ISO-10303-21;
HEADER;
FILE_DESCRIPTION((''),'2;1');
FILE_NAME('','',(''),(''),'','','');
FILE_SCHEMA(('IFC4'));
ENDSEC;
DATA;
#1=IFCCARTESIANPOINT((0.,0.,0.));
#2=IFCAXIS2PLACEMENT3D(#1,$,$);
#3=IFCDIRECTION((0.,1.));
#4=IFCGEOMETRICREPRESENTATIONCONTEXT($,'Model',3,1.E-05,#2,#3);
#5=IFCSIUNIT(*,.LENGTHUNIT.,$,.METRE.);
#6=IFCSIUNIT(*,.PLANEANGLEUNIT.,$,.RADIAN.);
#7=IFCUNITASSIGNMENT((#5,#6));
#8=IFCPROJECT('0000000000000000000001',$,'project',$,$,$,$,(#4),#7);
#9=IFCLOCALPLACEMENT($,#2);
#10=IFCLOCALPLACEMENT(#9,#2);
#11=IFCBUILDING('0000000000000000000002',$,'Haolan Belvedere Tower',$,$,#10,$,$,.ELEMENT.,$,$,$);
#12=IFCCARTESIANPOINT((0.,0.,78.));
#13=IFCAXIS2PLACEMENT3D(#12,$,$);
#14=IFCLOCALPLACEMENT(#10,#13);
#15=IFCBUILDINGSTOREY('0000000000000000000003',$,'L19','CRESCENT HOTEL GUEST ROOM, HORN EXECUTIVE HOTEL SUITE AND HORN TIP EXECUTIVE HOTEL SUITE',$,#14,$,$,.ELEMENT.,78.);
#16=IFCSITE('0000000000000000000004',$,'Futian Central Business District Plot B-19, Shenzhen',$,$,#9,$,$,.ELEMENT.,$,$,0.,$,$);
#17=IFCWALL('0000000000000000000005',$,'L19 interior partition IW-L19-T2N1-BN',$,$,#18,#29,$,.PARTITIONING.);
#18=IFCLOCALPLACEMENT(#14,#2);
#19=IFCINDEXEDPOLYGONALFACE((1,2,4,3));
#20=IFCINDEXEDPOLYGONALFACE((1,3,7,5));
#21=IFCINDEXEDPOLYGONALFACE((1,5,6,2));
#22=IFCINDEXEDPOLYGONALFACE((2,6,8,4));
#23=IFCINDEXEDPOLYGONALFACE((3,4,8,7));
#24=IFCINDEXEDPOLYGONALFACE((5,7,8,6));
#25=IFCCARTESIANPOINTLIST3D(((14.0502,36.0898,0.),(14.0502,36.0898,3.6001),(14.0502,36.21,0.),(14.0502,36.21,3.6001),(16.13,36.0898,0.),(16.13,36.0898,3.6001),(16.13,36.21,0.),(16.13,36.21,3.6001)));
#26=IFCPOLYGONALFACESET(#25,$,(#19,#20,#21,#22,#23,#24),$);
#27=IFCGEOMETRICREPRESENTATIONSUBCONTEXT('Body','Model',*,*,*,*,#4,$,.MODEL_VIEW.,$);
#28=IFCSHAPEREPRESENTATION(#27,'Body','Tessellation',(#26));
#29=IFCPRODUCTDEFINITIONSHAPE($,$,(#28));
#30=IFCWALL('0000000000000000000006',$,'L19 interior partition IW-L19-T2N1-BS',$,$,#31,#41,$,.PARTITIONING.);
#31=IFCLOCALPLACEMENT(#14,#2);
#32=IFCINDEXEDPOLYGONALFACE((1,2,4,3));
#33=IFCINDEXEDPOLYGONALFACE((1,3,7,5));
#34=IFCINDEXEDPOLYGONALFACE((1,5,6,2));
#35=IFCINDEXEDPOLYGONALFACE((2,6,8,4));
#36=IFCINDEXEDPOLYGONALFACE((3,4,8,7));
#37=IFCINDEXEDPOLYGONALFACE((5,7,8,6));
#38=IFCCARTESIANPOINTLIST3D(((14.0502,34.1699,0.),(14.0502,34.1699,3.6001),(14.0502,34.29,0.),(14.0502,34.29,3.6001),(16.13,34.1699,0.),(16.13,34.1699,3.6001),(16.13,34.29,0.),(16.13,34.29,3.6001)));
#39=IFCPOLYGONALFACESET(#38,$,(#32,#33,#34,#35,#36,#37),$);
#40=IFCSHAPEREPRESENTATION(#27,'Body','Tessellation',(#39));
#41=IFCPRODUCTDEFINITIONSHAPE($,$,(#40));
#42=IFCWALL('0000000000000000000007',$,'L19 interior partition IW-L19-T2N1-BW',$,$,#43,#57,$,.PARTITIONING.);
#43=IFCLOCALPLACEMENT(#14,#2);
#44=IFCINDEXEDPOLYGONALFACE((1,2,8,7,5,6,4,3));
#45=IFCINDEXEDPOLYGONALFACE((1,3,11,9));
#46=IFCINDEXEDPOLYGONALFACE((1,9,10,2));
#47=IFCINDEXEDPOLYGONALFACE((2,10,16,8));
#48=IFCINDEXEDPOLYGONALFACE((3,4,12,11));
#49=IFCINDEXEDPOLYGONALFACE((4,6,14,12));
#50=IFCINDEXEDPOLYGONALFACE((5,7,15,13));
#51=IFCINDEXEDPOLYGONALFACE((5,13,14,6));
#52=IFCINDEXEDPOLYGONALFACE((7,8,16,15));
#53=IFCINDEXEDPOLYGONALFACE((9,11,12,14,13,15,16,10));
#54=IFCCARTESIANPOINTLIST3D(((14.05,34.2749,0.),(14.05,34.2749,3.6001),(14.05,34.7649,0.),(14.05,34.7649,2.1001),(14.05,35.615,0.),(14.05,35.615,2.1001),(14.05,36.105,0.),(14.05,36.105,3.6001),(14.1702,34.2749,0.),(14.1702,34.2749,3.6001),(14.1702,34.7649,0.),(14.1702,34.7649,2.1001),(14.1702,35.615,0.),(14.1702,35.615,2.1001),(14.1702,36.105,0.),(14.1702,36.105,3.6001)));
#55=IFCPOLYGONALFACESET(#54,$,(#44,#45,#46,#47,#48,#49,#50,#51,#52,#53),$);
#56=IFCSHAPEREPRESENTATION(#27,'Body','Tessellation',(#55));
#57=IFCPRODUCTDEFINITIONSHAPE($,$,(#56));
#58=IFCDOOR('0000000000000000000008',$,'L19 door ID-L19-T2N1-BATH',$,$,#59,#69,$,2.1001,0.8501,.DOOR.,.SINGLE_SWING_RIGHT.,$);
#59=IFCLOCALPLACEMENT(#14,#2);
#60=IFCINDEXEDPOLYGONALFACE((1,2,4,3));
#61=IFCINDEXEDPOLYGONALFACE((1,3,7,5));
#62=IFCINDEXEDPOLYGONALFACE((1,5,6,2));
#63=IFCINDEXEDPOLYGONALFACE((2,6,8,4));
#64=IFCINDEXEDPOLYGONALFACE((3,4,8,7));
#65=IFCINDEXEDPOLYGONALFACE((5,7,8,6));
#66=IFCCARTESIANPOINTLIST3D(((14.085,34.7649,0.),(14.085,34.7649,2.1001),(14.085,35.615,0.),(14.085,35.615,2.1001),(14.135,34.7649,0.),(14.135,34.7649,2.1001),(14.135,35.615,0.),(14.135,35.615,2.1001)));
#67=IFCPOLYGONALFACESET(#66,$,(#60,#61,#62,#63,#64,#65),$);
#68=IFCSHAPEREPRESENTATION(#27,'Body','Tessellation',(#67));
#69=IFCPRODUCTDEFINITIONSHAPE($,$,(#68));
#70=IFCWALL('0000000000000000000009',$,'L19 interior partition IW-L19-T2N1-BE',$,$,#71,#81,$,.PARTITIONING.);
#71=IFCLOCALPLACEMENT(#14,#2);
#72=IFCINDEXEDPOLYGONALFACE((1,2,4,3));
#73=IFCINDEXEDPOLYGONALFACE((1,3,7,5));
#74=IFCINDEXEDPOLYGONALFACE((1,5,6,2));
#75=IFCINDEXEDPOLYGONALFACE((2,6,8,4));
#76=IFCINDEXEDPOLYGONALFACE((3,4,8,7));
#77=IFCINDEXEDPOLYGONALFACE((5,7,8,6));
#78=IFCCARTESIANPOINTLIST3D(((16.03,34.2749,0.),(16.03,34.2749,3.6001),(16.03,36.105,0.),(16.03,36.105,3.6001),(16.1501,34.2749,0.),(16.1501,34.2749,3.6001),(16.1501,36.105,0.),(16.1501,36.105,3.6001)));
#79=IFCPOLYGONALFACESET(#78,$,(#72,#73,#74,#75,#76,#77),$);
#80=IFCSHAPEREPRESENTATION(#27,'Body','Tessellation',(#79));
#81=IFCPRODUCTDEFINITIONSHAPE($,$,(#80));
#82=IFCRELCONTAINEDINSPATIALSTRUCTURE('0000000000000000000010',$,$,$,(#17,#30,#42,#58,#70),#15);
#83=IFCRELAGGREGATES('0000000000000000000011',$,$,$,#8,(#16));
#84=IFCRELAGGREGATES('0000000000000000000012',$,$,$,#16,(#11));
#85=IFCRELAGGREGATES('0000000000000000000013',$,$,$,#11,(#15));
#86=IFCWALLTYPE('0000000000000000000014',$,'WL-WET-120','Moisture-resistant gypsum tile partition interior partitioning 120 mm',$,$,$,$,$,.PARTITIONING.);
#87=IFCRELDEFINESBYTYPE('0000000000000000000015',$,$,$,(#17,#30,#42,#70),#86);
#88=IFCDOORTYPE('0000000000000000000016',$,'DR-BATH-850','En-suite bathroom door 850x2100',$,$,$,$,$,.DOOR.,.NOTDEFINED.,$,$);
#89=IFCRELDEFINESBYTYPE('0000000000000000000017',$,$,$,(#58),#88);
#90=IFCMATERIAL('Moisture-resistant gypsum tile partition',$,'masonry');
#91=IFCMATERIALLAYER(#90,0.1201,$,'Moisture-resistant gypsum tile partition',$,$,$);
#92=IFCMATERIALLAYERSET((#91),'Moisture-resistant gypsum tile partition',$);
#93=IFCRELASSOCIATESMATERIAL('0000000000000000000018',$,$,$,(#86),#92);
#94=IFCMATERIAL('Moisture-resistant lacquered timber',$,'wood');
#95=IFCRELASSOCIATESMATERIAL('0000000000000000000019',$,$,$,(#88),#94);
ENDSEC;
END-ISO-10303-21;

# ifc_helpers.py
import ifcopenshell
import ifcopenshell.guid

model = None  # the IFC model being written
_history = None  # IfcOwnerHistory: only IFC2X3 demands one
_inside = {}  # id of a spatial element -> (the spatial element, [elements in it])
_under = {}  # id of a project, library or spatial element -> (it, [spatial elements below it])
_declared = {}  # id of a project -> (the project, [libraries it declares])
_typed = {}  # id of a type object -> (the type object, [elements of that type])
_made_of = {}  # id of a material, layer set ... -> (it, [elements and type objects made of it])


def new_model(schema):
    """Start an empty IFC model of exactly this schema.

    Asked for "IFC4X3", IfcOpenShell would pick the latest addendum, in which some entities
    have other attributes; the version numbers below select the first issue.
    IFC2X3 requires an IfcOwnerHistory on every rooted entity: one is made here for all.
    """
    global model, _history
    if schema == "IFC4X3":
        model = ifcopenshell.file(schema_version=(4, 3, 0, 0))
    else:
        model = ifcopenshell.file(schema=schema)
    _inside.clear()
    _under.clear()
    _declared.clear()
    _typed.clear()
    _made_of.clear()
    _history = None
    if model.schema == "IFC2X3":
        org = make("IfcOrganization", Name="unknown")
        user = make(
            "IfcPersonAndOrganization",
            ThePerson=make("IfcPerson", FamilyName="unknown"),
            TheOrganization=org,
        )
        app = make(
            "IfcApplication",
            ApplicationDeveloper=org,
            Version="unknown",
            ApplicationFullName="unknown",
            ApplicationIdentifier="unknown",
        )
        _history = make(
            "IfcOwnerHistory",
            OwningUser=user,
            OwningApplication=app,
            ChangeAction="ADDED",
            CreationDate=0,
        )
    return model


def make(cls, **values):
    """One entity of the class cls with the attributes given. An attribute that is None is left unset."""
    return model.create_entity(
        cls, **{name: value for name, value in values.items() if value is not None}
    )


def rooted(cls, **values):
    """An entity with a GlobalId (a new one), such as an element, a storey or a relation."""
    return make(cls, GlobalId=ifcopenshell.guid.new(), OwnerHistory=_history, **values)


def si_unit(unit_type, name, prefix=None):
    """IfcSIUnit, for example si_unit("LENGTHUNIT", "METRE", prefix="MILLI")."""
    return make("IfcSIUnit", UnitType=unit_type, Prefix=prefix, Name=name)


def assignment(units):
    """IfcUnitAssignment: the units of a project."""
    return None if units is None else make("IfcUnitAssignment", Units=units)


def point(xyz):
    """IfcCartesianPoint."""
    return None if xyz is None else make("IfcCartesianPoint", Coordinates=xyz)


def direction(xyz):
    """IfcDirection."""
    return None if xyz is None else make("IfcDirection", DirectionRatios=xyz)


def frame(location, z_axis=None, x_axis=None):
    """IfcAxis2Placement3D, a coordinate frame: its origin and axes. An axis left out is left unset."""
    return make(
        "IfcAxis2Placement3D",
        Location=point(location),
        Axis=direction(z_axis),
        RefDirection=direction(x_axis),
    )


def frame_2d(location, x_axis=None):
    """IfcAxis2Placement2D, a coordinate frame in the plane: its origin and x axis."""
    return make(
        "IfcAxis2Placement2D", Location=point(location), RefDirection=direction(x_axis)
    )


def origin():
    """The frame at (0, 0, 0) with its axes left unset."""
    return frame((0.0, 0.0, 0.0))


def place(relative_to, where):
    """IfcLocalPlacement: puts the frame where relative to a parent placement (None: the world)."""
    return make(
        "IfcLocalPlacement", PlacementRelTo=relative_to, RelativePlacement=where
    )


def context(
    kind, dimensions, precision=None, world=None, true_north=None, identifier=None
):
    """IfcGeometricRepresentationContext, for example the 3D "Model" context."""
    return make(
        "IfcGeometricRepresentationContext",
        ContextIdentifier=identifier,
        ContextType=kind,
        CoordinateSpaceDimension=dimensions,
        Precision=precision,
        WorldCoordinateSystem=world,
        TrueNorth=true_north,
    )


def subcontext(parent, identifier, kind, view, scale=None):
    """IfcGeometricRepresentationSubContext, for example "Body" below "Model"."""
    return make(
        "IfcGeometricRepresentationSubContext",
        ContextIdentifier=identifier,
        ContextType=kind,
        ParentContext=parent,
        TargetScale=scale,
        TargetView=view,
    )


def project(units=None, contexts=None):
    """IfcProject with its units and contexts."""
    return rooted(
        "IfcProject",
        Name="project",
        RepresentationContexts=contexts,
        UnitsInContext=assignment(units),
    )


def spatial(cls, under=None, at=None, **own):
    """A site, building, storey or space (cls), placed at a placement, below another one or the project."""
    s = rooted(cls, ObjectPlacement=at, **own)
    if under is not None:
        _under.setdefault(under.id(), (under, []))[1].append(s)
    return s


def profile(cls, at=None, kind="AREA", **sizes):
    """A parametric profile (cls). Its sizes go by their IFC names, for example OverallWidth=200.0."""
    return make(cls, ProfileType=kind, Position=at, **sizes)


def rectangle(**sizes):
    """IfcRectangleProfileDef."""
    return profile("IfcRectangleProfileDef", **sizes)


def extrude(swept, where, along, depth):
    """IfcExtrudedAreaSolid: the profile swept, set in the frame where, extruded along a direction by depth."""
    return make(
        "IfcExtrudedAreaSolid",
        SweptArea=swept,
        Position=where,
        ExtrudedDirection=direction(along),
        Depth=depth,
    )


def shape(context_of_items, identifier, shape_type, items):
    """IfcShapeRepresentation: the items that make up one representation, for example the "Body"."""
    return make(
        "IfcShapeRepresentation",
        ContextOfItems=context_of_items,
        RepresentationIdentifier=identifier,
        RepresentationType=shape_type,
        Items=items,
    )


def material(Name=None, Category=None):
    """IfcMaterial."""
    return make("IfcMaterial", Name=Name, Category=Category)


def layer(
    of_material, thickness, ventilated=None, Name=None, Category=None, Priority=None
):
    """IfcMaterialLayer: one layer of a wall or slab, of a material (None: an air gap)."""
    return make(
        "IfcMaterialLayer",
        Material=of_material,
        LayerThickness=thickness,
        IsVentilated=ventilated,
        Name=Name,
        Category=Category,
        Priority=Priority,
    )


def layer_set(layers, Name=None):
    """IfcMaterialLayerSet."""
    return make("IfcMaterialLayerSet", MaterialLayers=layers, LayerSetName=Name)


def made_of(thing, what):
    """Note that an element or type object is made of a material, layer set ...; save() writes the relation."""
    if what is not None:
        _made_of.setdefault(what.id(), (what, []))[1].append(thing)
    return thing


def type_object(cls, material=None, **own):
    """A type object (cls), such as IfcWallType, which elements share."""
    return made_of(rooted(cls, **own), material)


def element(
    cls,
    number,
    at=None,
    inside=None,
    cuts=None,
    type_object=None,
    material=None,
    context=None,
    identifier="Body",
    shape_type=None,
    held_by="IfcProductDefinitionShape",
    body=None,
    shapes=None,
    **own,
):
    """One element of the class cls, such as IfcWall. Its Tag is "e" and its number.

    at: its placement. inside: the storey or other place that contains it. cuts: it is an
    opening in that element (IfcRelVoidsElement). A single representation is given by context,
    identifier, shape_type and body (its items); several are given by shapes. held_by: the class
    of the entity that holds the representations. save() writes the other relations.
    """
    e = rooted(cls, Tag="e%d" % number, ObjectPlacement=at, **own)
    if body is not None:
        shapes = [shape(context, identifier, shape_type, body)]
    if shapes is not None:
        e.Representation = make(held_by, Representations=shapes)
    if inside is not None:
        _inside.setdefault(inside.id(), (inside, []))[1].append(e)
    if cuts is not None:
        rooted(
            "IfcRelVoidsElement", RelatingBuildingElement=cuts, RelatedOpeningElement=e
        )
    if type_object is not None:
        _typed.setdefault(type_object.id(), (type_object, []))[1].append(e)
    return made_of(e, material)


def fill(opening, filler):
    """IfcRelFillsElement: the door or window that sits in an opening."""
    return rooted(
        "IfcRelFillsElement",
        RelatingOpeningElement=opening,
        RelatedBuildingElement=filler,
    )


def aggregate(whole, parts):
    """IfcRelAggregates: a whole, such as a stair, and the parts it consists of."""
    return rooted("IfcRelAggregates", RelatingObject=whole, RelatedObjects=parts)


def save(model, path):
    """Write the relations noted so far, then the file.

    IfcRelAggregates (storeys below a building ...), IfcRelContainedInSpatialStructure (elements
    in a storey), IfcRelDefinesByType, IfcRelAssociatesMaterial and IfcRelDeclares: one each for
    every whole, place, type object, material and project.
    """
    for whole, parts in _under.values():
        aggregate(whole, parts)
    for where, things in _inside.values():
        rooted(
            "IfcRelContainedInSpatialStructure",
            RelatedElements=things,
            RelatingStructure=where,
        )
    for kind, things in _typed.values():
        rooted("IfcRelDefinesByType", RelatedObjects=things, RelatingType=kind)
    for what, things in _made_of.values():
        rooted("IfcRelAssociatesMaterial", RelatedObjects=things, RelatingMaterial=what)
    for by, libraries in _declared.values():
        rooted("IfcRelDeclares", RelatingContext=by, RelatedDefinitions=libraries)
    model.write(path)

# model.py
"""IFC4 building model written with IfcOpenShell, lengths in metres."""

from ifc_helpers import new_model, si_unit, direction, frame, frame_2d, origin, place, context, subcontext, project, spatial, rectangle, extrude, material, layer, layer_set, type_object, element, fill, save


model = new_model("IFC4")

# Units and contexts
model_context = context("Model", 3, precision=1e-05, world=origin(), true_north=direction((0.0, 1.0)))
body_context = subcontext(model_context, "Body", "Model", "MODEL_VIEW")
ifc_project = project(units=[si_unit("LENGTHUNIT", "METRE"), si_unit("PLANEANGLEUNIT", "RADIAN")], contexts=[model_context])

# Site, building, storey
site_placement = place(None, origin())
site = spatial("IfcSite", under=ifc_project, at=site_placement, Name="Futian Central Business District Plot B-19, Shenzhen", CompositionType="ELEMENT", RefElevation=0.0)
building_placement = place(site_placement, origin())
building = spatial("IfcBuilding", under=site, at=building_placement, Name="Haolan Belvedere Tower", CompositionType="ELEMENT")
storey_placement = place(building_placement, frame((0.0, 0.0, 78.0)))
storey = spatial("IfcBuildingStorey", under=building, at=storey_placement, Name="L19", Description="CRESCENT HOTEL GUEST ROOM, HORN EXECUTIVE HOTEL SUITE AND HORN TIP EXECUTIVE HOTEL SUITE", CompositionType="ELEMENT", Elevation=78.0)

# Walls
ifc_material_1 = material(Name="Moisture-resistant gypsum tile partition", Category="masonry")
ifc_layer_1 = layer(ifc_material_1, 0.1201, Name="Moisture-resistant gypsum tile partition")
ifc_layer_set_1 = layer_set([ifc_layer_1], Name="Moisture-resistant gypsum tile partition")
wall_type_1 = type_object("IfcWallType", Name="WL-WET-120", Description="Moisture-resistant gypsum tile partition interior partitioning 120 mm", PredefinedType="PARTITIONING", material=ifc_layer_set_1)
for number, where, z_axis, x_axis, name in (
    (1, (14.05, 36.1499, 0.0), (0.0, 0.0, 1.0), (1.0, 0.0, 0.0), "L19 interior partition IW-L19-T2N1-BN"),
    (2, (14.05, 34.23, 0.0), (0.0, 0.0, 1.0), (1.0, 0.0, 0.0), "L19 interior partition IW-L19-T2N1-BS"),
):
    element("IfcWall", number, at=place(storey_placement, frame(where, z_axis=z_axis, x_axis=x_axis)), inside=storey, type_object=wall_type_1, Name=name, PredefinedType="PARTITIONING", context=body_context, shape_type="SweptSolid", body=[
        extrude(rectangle(XDim=2.0798, YDim=0.1201, at=frame_2d((1.04, 0.0))), origin(), (0.0, 0.0, 1.0), 3.6001),
    ])

# Wall, opening, door
wall_1_placement = place(storey_placement, frame((14.1101, 34.2749, 0.0), z_axis=(0.0, 0.0, 1.0), x_axis=(0.0, 1.0, 0.0)))
wall_1 = element("IfcWall", 3, at=wall_1_placement, inside=storey, type_object=wall_type_1, Name="L19 interior partition IW-L19-T2N1-BW", PredefinedType="PARTITIONING", context=body_context, shape_type="SweptSolid", body=[
    extrude(rectangle(XDim=1.8301, YDim=0.1201, at=frame_2d((0.915, 0.0))), origin(), (0.0, 0.0, 1.0), 3.6001),
])
opening_1_placement = place(wall_1_placement, frame((1.3401, 0.0, 0.0), z_axis=(0.0, 0.0, 1.0), x_axis=(-1.0, 0.0, 0.0)))
opening_1 = element("IfcOpeningElement", 4, at=opening_1_placement, cuts=wall_1, PredefinedType="OPENING", context=body_context, shape_type="SweptSolid", body=[
    extrude(rectangle(XDim=0.8501, YDim=2.1001, at=frame_2d((0.425, 1.05))), frame((0.0, 0.0701, 0.0), z_axis=(0.0, -1.0, 0.0), x_axis=(1.0, 0.0, 0.0)), (0.0, 0.0, 1.0), 0.1401),
])
ifc_material_2 = material(Name="Moisture-resistant lacquered timber", Category="wood")
door_type_1 = type_object("IfcDoorType", Name="DR-BATH-850", Description="En-suite bathroom door 850x2100", OperationType="NOTDEFINED", PredefinedType="DOOR", material=ifc_material_2)
door_1_placement = place(opening_1_placement, origin())
door_1 = element("IfcDoor", 5, at=door_1_placement, inside=storey, type_object=door_type_1, Name="L19 door ID-L19-T2N1-BATH", OperationType="SINGLE_SWING_RIGHT", OverallHeight=2.1001, OverallWidth=0.8501, PredefinedType="DOOR", context=body_context, shape_type="SweptSolid", body=[
    extrude(rectangle(XDim=0.8501, YDim=2.1001, at=frame_2d((0.425, 1.05))), frame((0.0, 0.0249, 0.0), z_axis=(0.0, -1.0, 0.0), x_axis=(1.0, 0.0, 0.0)), (0.0, 0.0, 1.0), 0.05),
])
fill(opening_1, door_1)

# Wall
wall_2_placement = place(storey_placement, frame((16.0901, 34.2749, 0.0), z_axis=(0.0, 0.0, 1.0), x_axis=(0.0, 1.0, 0.0)))
element("IfcWall", 6, at=wall_2_placement, inside=storey, type_object=wall_type_1, Name="L19 interior partition IW-L19-T2N1-BE", PredefinedType="PARTITIONING", context=body_context, shape_type="SweptSolid", body=[
    extrude(rectangle(XDim=1.8301, YDim=0.1201, at=frame_2d((0.915, 0.0))), origin(), (0.0, 0.0, 1.0), 3.6001),
])

save(model, "model.ifc")
